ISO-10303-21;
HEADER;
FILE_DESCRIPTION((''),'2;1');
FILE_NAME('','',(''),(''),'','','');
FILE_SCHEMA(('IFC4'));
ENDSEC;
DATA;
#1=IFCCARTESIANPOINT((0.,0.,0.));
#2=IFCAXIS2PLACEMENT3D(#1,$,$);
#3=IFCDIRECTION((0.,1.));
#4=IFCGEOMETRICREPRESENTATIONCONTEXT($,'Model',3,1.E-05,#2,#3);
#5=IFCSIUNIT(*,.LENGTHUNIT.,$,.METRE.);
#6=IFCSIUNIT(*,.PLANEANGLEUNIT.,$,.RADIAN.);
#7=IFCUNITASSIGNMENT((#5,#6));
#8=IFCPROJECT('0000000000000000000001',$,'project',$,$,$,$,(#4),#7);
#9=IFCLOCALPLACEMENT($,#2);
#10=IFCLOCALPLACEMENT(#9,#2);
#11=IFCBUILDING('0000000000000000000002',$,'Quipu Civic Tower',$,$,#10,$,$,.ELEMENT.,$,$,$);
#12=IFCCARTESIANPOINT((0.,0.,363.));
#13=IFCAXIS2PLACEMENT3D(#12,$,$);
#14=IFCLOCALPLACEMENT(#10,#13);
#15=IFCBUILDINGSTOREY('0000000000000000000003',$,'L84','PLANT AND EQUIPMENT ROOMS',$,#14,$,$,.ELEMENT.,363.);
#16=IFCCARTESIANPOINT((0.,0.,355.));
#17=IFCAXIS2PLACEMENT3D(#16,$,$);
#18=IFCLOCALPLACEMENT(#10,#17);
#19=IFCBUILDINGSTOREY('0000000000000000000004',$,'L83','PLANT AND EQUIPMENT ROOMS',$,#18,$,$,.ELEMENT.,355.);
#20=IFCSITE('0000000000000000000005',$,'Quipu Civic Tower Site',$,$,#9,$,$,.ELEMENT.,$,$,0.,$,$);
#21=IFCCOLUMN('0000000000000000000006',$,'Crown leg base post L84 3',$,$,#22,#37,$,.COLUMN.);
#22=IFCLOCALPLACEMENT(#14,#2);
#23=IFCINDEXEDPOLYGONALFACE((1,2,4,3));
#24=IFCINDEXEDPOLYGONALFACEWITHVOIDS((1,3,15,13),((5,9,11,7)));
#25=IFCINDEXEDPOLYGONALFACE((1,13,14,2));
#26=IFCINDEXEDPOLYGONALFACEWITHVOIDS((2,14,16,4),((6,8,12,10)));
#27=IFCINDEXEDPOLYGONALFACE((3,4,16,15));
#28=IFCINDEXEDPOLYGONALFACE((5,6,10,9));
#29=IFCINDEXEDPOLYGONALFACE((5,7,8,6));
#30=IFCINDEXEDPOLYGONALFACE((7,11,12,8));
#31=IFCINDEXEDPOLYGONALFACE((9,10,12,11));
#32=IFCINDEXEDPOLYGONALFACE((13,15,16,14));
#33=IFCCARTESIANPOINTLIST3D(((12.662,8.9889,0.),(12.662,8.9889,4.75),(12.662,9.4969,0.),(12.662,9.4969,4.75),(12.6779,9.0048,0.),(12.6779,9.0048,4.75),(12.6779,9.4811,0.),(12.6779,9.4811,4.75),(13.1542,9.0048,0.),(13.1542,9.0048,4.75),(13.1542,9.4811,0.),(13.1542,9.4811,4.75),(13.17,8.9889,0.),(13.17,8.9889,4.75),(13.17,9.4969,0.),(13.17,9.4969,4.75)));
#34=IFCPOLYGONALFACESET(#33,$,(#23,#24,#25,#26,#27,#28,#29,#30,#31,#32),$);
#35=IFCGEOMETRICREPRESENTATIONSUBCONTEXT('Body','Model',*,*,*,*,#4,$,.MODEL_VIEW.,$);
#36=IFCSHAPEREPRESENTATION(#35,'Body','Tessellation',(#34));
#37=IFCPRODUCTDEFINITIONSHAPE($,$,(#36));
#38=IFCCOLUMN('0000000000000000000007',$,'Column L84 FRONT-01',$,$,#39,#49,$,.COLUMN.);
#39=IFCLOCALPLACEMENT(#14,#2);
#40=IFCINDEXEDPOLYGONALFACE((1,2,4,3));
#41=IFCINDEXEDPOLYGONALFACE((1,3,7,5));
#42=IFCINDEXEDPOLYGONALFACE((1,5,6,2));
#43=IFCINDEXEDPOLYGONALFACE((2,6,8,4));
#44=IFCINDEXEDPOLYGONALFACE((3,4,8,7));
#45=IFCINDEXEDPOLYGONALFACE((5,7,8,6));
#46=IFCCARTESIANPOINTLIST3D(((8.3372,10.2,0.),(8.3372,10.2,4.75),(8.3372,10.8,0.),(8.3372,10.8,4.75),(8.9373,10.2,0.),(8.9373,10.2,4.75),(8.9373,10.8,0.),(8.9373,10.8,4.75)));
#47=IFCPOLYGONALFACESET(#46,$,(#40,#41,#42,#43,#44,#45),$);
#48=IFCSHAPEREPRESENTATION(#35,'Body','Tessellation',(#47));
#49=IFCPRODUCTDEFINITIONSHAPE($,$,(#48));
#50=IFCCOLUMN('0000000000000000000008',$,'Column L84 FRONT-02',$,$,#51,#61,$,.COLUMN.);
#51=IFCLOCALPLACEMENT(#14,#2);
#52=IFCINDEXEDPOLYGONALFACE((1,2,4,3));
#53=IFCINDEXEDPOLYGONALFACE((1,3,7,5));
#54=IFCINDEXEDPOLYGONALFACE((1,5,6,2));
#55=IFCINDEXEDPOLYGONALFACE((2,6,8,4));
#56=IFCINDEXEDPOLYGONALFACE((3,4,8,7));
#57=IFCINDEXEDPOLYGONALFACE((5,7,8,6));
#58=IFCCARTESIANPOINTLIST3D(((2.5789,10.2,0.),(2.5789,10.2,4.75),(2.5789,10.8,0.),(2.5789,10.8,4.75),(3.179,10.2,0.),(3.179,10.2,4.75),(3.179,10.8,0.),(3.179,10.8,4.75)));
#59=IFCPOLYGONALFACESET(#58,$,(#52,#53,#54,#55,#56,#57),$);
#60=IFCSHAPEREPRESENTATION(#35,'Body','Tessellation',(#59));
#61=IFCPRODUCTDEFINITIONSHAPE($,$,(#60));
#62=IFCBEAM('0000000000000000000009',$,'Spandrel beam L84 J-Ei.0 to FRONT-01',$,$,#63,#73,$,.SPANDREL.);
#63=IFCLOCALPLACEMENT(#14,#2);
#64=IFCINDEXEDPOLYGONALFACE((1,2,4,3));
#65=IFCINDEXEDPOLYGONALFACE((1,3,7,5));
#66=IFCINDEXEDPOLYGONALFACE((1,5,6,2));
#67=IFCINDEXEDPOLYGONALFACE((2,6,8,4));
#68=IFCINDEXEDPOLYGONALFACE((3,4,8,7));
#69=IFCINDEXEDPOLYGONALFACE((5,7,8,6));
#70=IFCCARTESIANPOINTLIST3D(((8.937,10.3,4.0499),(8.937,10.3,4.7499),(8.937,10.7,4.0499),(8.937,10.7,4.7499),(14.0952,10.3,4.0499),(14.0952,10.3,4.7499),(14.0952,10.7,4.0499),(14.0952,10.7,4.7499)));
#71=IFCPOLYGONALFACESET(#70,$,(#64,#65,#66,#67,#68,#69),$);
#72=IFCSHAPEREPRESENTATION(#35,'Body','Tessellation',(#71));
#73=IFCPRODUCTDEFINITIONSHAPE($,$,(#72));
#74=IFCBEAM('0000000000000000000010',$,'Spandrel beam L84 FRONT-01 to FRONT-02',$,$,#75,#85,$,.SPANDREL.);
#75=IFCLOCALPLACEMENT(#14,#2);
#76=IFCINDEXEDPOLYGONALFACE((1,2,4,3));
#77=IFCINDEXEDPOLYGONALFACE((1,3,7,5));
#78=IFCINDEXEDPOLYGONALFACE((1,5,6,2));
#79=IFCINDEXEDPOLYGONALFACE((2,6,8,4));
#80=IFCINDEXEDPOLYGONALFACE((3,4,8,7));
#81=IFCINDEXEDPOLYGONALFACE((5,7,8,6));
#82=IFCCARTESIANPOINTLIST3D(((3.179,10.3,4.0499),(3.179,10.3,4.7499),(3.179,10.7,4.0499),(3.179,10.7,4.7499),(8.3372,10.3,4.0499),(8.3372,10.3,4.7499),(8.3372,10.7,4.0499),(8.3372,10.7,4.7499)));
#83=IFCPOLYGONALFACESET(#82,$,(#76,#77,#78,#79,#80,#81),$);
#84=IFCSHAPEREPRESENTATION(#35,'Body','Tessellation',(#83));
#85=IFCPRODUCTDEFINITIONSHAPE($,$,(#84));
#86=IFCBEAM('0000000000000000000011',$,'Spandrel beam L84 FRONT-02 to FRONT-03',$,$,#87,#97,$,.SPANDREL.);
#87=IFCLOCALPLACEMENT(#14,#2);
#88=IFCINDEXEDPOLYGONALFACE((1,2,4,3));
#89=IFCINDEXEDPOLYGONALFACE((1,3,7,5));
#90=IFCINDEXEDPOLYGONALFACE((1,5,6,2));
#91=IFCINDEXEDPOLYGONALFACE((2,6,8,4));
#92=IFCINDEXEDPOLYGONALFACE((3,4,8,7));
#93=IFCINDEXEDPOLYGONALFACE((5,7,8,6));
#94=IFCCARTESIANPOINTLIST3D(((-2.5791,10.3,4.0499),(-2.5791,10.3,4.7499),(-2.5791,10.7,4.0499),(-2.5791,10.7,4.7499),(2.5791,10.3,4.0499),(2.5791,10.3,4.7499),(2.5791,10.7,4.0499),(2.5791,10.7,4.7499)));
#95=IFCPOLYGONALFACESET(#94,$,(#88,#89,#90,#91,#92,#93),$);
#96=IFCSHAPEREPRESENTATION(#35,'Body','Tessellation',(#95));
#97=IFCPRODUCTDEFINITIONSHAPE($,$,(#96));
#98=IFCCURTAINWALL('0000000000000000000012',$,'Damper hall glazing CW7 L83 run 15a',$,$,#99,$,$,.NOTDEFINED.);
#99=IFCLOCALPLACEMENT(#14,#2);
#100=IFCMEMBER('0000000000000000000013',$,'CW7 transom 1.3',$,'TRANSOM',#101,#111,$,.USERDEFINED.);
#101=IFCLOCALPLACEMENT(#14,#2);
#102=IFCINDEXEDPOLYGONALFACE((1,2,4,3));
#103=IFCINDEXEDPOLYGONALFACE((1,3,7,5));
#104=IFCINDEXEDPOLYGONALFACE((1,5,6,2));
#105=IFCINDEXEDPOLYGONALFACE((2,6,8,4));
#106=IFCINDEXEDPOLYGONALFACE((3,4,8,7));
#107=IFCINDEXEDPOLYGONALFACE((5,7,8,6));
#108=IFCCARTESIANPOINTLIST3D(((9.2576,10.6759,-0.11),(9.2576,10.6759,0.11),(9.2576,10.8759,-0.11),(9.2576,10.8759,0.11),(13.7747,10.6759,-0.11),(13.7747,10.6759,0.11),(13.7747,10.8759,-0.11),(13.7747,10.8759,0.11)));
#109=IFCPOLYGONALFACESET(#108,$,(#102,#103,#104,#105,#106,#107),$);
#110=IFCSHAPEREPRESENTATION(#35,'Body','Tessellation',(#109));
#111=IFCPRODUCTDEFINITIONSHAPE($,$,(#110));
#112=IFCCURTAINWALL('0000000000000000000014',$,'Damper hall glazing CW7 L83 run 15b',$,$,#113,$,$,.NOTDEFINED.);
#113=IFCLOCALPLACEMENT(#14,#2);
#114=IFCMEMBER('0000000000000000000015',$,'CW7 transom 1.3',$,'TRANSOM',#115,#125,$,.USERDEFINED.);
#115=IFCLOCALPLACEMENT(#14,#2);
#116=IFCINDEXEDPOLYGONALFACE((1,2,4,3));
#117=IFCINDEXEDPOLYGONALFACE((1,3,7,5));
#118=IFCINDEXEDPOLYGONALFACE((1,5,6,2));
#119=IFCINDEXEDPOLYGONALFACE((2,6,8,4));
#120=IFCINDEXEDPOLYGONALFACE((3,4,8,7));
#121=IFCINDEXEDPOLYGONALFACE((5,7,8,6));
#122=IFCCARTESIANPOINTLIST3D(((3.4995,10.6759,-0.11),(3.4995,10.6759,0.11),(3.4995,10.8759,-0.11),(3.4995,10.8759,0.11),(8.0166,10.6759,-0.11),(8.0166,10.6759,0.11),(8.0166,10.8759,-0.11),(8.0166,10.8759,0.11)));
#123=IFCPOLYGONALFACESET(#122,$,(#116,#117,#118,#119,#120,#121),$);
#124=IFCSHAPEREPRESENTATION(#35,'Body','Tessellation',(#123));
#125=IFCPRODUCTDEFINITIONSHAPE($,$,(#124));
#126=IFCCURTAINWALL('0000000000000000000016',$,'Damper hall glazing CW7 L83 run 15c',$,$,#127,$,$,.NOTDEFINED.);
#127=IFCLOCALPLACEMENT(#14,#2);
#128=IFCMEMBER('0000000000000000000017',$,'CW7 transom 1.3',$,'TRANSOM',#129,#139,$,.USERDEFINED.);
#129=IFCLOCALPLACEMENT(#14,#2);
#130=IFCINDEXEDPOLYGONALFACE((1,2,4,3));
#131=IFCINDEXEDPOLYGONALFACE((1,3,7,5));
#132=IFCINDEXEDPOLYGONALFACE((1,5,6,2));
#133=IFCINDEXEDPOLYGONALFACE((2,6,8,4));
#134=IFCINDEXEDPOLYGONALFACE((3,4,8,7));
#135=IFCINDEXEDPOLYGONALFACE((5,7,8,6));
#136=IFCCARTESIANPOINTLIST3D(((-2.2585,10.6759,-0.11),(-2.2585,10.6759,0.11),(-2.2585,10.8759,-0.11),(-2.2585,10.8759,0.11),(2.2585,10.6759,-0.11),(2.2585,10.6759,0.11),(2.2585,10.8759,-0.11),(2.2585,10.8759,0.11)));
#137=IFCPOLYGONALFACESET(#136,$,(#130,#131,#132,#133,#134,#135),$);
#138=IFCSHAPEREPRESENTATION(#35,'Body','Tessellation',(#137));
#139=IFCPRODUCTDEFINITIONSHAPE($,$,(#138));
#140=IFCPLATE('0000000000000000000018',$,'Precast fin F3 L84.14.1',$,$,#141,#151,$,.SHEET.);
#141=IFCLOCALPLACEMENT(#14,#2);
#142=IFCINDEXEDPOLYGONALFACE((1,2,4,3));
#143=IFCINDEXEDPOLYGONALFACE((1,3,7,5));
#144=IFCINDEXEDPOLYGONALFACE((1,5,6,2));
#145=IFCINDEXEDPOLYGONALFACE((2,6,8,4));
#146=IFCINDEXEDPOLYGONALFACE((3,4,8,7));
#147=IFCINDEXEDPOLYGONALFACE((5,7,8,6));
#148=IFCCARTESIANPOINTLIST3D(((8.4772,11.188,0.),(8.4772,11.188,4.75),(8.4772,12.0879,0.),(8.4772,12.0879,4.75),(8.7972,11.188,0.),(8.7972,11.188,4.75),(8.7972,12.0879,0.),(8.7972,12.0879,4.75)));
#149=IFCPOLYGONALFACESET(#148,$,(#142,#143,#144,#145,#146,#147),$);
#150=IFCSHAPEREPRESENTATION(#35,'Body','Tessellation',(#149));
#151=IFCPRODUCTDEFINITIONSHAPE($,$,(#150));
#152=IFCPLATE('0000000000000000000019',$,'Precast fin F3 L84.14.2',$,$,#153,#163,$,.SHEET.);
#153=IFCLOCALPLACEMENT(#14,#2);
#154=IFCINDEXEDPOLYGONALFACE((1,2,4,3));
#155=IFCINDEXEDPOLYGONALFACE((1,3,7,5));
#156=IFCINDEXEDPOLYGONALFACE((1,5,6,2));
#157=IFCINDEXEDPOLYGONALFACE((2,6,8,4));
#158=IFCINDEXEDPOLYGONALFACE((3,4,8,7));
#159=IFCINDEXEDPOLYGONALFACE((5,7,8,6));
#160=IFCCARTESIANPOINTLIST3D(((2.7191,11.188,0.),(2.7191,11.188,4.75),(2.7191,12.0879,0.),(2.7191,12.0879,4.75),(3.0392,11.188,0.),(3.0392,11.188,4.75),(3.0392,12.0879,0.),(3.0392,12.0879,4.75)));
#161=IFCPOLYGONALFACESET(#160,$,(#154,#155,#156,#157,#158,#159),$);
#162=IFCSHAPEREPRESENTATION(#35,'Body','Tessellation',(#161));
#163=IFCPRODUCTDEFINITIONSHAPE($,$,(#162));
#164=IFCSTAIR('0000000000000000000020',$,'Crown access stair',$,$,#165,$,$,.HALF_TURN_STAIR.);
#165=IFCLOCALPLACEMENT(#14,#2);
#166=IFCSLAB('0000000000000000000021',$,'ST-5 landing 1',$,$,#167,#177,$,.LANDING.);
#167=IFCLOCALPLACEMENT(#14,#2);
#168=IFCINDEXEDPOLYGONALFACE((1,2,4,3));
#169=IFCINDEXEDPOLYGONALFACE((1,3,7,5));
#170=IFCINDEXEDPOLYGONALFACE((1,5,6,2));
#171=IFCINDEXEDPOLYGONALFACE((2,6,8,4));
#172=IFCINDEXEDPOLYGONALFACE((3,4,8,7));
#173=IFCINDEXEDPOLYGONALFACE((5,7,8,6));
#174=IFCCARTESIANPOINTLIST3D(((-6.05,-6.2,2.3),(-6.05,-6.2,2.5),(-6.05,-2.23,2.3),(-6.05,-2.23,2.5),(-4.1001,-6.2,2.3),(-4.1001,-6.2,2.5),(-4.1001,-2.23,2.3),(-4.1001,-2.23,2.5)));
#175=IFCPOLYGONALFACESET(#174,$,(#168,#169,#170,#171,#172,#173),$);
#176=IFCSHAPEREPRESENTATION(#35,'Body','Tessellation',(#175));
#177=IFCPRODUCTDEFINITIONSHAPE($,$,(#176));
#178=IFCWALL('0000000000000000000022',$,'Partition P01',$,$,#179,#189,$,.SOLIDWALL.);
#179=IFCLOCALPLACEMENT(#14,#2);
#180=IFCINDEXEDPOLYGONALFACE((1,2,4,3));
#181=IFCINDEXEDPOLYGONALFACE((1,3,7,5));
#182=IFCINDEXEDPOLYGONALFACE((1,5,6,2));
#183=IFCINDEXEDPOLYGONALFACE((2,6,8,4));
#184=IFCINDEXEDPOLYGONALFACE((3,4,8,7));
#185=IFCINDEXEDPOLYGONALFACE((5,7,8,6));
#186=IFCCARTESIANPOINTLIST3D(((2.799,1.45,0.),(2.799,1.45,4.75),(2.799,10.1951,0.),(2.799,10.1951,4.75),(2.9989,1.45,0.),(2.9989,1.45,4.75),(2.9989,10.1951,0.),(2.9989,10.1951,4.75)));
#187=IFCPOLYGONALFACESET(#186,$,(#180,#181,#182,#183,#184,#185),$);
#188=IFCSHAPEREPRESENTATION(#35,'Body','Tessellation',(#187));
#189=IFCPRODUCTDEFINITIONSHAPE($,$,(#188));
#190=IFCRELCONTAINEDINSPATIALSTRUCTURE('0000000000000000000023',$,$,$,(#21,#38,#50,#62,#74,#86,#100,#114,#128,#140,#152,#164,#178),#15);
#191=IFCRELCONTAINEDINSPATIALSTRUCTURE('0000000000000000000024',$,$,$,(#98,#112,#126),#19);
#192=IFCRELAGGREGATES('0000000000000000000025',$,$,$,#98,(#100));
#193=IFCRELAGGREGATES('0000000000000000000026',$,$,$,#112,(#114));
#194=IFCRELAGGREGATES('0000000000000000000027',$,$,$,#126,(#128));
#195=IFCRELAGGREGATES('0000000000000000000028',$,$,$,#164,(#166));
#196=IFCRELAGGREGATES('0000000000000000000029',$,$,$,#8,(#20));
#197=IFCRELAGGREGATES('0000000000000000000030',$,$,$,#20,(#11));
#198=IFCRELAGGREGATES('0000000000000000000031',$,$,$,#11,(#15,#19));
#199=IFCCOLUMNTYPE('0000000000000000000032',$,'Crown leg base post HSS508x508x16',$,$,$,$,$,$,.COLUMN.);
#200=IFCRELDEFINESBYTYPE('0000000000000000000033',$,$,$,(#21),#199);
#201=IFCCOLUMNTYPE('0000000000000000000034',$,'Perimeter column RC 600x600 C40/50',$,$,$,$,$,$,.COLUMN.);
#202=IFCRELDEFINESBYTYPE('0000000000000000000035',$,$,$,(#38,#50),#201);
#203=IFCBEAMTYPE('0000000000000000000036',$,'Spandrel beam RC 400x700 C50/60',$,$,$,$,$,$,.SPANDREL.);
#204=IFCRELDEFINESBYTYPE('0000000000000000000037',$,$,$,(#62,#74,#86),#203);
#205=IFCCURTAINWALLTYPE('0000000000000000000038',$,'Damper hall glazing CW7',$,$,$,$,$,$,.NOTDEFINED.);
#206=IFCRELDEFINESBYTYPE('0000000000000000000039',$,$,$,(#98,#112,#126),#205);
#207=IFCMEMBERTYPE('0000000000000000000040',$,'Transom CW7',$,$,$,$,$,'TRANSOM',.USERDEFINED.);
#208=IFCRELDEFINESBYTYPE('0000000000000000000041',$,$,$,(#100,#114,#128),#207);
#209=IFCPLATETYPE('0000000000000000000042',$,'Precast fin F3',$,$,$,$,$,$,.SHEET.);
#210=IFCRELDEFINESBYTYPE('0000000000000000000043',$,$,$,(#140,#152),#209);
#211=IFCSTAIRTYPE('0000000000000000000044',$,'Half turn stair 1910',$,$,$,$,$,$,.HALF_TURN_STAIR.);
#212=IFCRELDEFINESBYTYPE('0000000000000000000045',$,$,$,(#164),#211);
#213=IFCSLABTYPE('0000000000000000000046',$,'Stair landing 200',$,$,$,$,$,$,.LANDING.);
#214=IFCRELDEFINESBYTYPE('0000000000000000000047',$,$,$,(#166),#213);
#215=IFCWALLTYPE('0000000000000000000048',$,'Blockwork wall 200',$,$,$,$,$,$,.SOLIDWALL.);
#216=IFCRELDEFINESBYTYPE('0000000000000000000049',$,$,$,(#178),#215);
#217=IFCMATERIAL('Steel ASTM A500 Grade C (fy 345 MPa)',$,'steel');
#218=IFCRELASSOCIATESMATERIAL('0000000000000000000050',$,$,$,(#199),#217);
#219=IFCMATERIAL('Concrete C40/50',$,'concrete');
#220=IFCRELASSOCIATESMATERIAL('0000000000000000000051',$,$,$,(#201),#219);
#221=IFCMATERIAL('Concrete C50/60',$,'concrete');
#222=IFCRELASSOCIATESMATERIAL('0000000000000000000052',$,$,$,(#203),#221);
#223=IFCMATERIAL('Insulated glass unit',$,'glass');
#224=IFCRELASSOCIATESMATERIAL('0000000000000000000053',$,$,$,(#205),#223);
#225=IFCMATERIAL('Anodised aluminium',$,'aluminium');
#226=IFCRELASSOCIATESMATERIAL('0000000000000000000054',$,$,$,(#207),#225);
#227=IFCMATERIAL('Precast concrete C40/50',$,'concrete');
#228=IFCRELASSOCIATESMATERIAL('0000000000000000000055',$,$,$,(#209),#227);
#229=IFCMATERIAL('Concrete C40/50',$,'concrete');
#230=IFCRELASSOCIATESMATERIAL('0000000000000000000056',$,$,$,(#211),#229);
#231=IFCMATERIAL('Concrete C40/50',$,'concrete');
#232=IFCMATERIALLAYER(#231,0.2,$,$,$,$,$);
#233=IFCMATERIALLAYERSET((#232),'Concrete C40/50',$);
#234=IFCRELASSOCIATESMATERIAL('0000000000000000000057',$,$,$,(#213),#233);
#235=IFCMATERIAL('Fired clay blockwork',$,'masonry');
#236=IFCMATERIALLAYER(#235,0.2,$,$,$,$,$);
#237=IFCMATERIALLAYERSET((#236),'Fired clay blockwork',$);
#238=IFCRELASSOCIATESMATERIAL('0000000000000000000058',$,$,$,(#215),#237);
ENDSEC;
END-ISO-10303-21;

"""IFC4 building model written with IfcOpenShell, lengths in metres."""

from ifc_helpers import new_model, si_unit, direction, frame, frame_2d, origin, origin_2d, place, context, subcontext, project, spatial, polyline, rectangle, hollow_rectangle, outline, extrude, material, layer, layer_set, material_profile, profile_set, type_object, element, aggregate, save


model = new_model("IFC4")

# Units and contexts
model_context = context("Model", 3, precision=1e-05, world=origin(), true_north=direction((0.0, 1.0)))
body_context = subcontext(model_context, "Body", "Model", "MODEL_VIEW")
ifc_project = project(units=[si_unit("LENGTHUNIT", "METRE"), si_unit("PLANEANGLEUNIT", "RADIAN")], contexts=[model_context])

# Site, building, storey
site_placement = place(None, origin())
site = spatial("IfcSite", under=ifc_project, at=site_placement, Name="Quipu Civic Tower Site", CompositionType="ELEMENT", RefElevation=0.0)
building_placement = place(site_placement, origin())
building = spatial("IfcBuilding", under=site, at=building_placement, Name="Quipu Civic Tower", CompositionType="ELEMENT")
storey_1_placement = place(building_placement, frame((0.0, 0.0, 363.0)))
storey_1 = spatial("IfcBuildingStorey", under=building, at=storey_1_placement, Name="L84", Description="PLANT AND EQUIPMENT ROOMS", CompositionType="ELEMENT", Elevation=363.0)

# Columns
ifc_material_1 = material(Name="Steel ASTM A500 Grade C (fy 345 MPa)", Category="steel")
ifc_material_profile_1 = material_profile(ifc_material_1, hollow_rectangle(XDim=0.5081, YDim=0.5081, WallThickness=0.0159, at=origin_2d()), Name="HSS508x508x16")
ifc_profile_set_1 = profile_set([ifc_material_profile_1], Name="Steel ASTM A500 Grade C (fy 345 MPa)")
column_type_1 = type_object("IfcColumnType", Name="Crown leg base post HSS508x508x16", PredefinedType="COLUMN", material=ifc_profile_set_1)
column_placement = place(storey_1_placement, frame((12.916, 9.2429, 0.0), z_axis=(0.0, 0.0, 1.0), x_axis=(1.0, 0.0, 0.0)))
element("IfcColumn", 1, at=column_placement, inside=storey_1, type_object=column_type_1, Name="Crown leg base post L84 3", PredefinedType="COLUMN", context=body_context, shape_type="SweptSolid", body=[
    extrude(hollow_rectangle(XDim=0.5081, YDim=0.5081, WallThickness=0.0159, at=origin_2d()), origin(), (0.0, 0.0, 1.0), 4.75),
])
ifc_material_2 = material(Name="Concrete C40/50", Category="concrete")
ifc_material_profile_2 = material_profile(ifc_material_2, rectangle(XDim=0.6001, YDim=0.6001, at=origin_2d()), Name="RC600x600")
ifc_profile_set_2 = profile_set([ifc_material_profile_2], Name="Concrete C40/50")
column_type_2 = type_object("IfcColumnType", Name="Perimeter column RC 600x600 C40/50", PredefinedType="COLUMN", material=ifc_profile_set_2)
for number, where, z_axis, x_axis, name in (
    (2, (8.6372, 10.5, 0.0), (0.0, 0.0, 1.0), (-1.0, 0.0, 0.0), "Column L84 FRONT-01"),
    (3, (2.8789, 10.5, 0.0), (0.0, 0.0, 1.0), (-1.0, 0.0, 0.0), "Column L84 FRONT-02"),
):
    element("IfcColumn", number, at=place(storey_1_placement, frame(where, z_axis=z_axis, x_axis=x_axis)), inside=storey_1, type_object=column_type_2, Name=name, PredefinedType="COLUMN", context=body_context, shape_type="SweptSolid", body=[
        extrude(rectangle(XDim=0.6001, YDim=0.6001, at=origin_2d()), origin(), (0.0, 0.0, 1.0), 4.75),
    ])

# Beams
ifc_material_3 = material(Name="Concrete C50/60", Category="concrete")
ifc_material_profile_3 = material_profile(ifc_material_3, rectangle(XDim=0.3999, YDim=0.7, at=origin_2d()), Name="RC400x700")
ifc_profile_set_3 = profile_set([ifc_material_profile_3], Name="Concrete C50/60")
beam_type = type_object("IfcBeamType", Name="Spandrel beam RC 400x700 C50/60", PredefinedType="SPANDREL", material=ifc_profile_set_3)
for number, where, z_axis, x_axis, name in (
    (4, (14.0952, 10.5, 4.3999), (-1.0, 0.0, 0.0), (0.0, -1.0, 0.0), "Spandrel beam L84 J-Ei.0 to FRONT-01"),
    (5, (8.3372, 10.5, 4.3999), (-1.0, 0.0, 0.0), (0.0, -1.0, 0.0), "Spandrel beam L84 FRONT-01 to FRONT-02"),
    (6, (2.5791, 10.5, 4.3999), (-1.0, 0.0, 0.0), (0.0, -1.0, 0.0), "Spandrel beam L84 FRONT-02 to FRONT-03"),
):
    element("IfcBeam", number, at=place(storey_1_placement, frame(where, z_axis=z_axis, x_axis=x_axis)), inside=storey_1, type_object=beam_type, Name=name, PredefinedType="SPANDREL", context=body_context, shape_type="SweptSolid", body=[
        extrude(rectangle(XDim=0.3999, YDim=0.7, at=origin_2d()), origin(), (0.0, 0.0, 1.0), 5.1582),
    ])

# Shared definitions
storey_2_placement = place(building_placement, frame((0.0, 0.0, 355.0)))
storey_2 = spatial("IfcBuildingStorey", under=building, at=storey_2_placement, Name="L83", Description="PLANT AND EQUIPMENT ROOMS", CompositionType="ELEMENT", Elevation=355.0)

# Curtain walls, members
ifc_material_4 = material(Name="Insulated glass unit", Category="glass")
curtain_wall_type = type_object("IfcCurtainWallType", Name="Damper hall glazing CW7", PredefinedType="NOTDEFINED", material=ifc_material_4)
curtain_wall_1_placement = place(storey_2_placement, origin())
curtain_wall_1 = element("IfcCurtainWall", 7, at=curtain_wall_1_placement, inside=storey_2, type_object=curtain_wall_type, Name="Damper hall glazing CW7 L83 run 15a", PredefinedType="NOTDEFINED")
ifc_material_5 = material(Name="Anodised aluminium", Category="aluminium")
ifc_material_profile_4 = material_profile(ifc_material_5, rectangle(XDim=0.2, YDim=0.22, at=origin_2d()), Name="RECT 200x220")
ifc_profile_set_4 = profile_set([ifc_material_profile_4], Name="Anodised aluminium")
member_type = type_object("IfcMemberType", Name="Transom CW7", ElementType="TRANSOM", PredefinedType="USERDEFINED", material=ifc_profile_set_4)
member_1_placement = place(storey_1_placement, frame((13.7747, 10.7759, 0.0), z_axis=(-1.0, 0.0, 0.0), x_axis=(0.0, -1.0, 0.0)))
member_1 = element("IfcMember", 8, at=member_1_placement, inside=storey_1, type_object=member_type, Name="CW7 transom 1.3", ObjectType="TRANSOM", PredefinedType="USERDEFINED", context=body_context, shape_type="SweptSolid", body=[
    extrude(rectangle(XDim=0.2, YDim=0.22, at=origin_2d()), origin(), (0.0, 0.0, 1.0), 4.5171),
])
aggregate(curtain_wall_1, [member_1])
curtain_wall_2_placement = place(storey_2_placement, origin())
curtain_wall_2 = element("IfcCurtainWall", 9, at=curtain_wall_2_placement, inside=storey_2, type_object=curtain_wall_type, Name="Damper hall glazing CW7 L83 run 15b", PredefinedType="NOTDEFINED")
member_2_placement = place(storey_1_placement, frame((8.0166, 10.7759, 0.0), z_axis=(-1.0, 0.0, 0.0), x_axis=(0.0, -1.0, 0.0)))
member_2 = element("IfcMember", 10, at=member_2_placement, inside=storey_1, type_object=member_type, Name="CW7 transom 1.3", ObjectType="TRANSOM", PredefinedType="USERDEFINED", context=body_context, shape_type="SweptSolid", body=[
    extrude(rectangle(XDim=0.2, YDim=0.22, at=origin_2d()), origin(), (0.0, 0.0, 1.0), 4.5171),
])
aggregate(curtain_wall_2, [member_2])
curtain_wall_3_placement = place(storey_2_placement, origin())
curtain_wall_3 = element("IfcCurtainWall", 11, at=curtain_wall_3_placement, inside=storey_2, type_object=curtain_wall_type, Name="Damper hall glazing CW7 L83 run 15c", PredefinedType="NOTDEFINED")
member_3_placement = place(storey_1_placement, frame((2.2585, 10.7759, 0.0), z_axis=(-1.0, 0.0, 0.0), x_axis=(0.0, -1.0, 0.0)))
member_3 = element("IfcMember", 12, at=member_3_placement, inside=storey_1, type_object=member_type, Name="CW7 transom 1.3", ObjectType="TRANSOM", PredefinedType="USERDEFINED", context=body_context, shape_type="SweptSolid", body=[
    extrude(rectangle(XDim=0.2, YDim=0.22, at=origin_2d()), origin(), (0.0, 0.0, 1.0), 4.5171),
])
aggregate(curtain_wall_3, [member_3])

# Plates
ifc_material_6 = material(Name="Precast concrete C40/50", Category="concrete")
plate_type = type_object("IfcPlateType", Name="Precast fin F3", PredefinedType="SHEET", material=ifc_material_6)
for number, where, z_axis, x_axis, name in (
    (13, (8.6372, 11.6379, 0.0), (0.0, 0.0, 1.0), (-1.0, 0.0, 0.0), "Precast fin F3 L84.14.1"),
    (14, (2.8792, 11.6379, 0.0), (0.0, 0.0, 1.0), (-1.0, 0.0, 0.0), "Precast fin F3 L84.14.2"),
):
    element("IfcPlate", number, at=place(storey_1_placement, frame(where, z_axis=z_axis, x_axis=x_axis)), inside=storey_1, type_object=plate_type, Name=name, PredefinedType="SHEET", context=body_context, shape_type="SweptSolid", body=[
        extrude(rectangle(XDim=0.3201, YDim=0.8999, at=origin_2d()), origin(), (0.0, 0.0, 1.0), 4.75),
    ])

# Stair, slab
ifc_material_7 = material(Name="Concrete C40/50", Category="concrete")
stair_type = type_object("IfcStairType", Name="Half turn stair 1910", PredefinedType="HALF_TURN_STAIR", material=ifc_material_7)
stair_placement = place(storey_1_placement, origin())
stair = element("IfcStair", 15, at=stair_placement, inside=storey_1, type_object=stair_type, Name="Crown access stair", PredefinedType="HALF_TURN_STAIR")
ifc_material_8 = material(Name="Concrete C40/50", Category="concrete")
ifc_layer_1 = layer(ifc_material_8, 0.2)
ifc_layer_set_1 = layer_set([ifc_layer_1], Name="Concrete C40/50")
slab_type = type_object("IfcSlabType", Name="Stair landing 200", PredefinedType="LANDING", material=ifc_layer_set_1)
slab_placement = place(storey_1_placement, frame((0.0, 0.0, 2.3)))
slab = element("IfcSlab", 16, at=slab_placement, type_object=slab_type, Name="ST-5 landing 1", PredefinedType="LANDING", context=body_context, shape_type="SweptSolid", body=[
    extrude(outline(polyline([(-4.1001, -2.23), (-6.05, -2.23), (-6.05, -6.2), (-4.1001, -6.2), (-4.1001, -2.23)])), origin(), (0.0, 0.0, 1.0), 0.2),
])
aggregate(stair, [slab])

# Wall
ifc_material_9 = material(Name="Fired clay blockwork", Category="masonry")
ifc_layer_2 = layer(ifc_material_9, 0.2)
ifc_layer_set_2 = layer_set([ifc_layer_2], Name="Fired clay blockwork")
wall_type = type_object("IfcWallType", Name="Blockwork wall 200", PredefinedType="SOLIDWALL", material=ifc_layer_set_2)
wall_placement = place(storey_1_placement, frame((2.8989, 10.1951, 0.0), z_axis=(0.0, 0.0, 1.0), x_axis=(0.0, -1.0, 0.0)))
element("IfcWall", 17, at=wall_placement, inside=storey_1, type_object=wall_type, Name="Partition P01", PredefinedType="SOLIDWALL", context=body_context, shape_type="SweptSolid", body=[
    extrude(rectangle(XDim=8.7451, YDim=0.2, at=frame_2d((4.3726, 0.0))), origin(), (0.0, 0.0, 1.0), 4.75),
])

save(model, "model.ifc")
